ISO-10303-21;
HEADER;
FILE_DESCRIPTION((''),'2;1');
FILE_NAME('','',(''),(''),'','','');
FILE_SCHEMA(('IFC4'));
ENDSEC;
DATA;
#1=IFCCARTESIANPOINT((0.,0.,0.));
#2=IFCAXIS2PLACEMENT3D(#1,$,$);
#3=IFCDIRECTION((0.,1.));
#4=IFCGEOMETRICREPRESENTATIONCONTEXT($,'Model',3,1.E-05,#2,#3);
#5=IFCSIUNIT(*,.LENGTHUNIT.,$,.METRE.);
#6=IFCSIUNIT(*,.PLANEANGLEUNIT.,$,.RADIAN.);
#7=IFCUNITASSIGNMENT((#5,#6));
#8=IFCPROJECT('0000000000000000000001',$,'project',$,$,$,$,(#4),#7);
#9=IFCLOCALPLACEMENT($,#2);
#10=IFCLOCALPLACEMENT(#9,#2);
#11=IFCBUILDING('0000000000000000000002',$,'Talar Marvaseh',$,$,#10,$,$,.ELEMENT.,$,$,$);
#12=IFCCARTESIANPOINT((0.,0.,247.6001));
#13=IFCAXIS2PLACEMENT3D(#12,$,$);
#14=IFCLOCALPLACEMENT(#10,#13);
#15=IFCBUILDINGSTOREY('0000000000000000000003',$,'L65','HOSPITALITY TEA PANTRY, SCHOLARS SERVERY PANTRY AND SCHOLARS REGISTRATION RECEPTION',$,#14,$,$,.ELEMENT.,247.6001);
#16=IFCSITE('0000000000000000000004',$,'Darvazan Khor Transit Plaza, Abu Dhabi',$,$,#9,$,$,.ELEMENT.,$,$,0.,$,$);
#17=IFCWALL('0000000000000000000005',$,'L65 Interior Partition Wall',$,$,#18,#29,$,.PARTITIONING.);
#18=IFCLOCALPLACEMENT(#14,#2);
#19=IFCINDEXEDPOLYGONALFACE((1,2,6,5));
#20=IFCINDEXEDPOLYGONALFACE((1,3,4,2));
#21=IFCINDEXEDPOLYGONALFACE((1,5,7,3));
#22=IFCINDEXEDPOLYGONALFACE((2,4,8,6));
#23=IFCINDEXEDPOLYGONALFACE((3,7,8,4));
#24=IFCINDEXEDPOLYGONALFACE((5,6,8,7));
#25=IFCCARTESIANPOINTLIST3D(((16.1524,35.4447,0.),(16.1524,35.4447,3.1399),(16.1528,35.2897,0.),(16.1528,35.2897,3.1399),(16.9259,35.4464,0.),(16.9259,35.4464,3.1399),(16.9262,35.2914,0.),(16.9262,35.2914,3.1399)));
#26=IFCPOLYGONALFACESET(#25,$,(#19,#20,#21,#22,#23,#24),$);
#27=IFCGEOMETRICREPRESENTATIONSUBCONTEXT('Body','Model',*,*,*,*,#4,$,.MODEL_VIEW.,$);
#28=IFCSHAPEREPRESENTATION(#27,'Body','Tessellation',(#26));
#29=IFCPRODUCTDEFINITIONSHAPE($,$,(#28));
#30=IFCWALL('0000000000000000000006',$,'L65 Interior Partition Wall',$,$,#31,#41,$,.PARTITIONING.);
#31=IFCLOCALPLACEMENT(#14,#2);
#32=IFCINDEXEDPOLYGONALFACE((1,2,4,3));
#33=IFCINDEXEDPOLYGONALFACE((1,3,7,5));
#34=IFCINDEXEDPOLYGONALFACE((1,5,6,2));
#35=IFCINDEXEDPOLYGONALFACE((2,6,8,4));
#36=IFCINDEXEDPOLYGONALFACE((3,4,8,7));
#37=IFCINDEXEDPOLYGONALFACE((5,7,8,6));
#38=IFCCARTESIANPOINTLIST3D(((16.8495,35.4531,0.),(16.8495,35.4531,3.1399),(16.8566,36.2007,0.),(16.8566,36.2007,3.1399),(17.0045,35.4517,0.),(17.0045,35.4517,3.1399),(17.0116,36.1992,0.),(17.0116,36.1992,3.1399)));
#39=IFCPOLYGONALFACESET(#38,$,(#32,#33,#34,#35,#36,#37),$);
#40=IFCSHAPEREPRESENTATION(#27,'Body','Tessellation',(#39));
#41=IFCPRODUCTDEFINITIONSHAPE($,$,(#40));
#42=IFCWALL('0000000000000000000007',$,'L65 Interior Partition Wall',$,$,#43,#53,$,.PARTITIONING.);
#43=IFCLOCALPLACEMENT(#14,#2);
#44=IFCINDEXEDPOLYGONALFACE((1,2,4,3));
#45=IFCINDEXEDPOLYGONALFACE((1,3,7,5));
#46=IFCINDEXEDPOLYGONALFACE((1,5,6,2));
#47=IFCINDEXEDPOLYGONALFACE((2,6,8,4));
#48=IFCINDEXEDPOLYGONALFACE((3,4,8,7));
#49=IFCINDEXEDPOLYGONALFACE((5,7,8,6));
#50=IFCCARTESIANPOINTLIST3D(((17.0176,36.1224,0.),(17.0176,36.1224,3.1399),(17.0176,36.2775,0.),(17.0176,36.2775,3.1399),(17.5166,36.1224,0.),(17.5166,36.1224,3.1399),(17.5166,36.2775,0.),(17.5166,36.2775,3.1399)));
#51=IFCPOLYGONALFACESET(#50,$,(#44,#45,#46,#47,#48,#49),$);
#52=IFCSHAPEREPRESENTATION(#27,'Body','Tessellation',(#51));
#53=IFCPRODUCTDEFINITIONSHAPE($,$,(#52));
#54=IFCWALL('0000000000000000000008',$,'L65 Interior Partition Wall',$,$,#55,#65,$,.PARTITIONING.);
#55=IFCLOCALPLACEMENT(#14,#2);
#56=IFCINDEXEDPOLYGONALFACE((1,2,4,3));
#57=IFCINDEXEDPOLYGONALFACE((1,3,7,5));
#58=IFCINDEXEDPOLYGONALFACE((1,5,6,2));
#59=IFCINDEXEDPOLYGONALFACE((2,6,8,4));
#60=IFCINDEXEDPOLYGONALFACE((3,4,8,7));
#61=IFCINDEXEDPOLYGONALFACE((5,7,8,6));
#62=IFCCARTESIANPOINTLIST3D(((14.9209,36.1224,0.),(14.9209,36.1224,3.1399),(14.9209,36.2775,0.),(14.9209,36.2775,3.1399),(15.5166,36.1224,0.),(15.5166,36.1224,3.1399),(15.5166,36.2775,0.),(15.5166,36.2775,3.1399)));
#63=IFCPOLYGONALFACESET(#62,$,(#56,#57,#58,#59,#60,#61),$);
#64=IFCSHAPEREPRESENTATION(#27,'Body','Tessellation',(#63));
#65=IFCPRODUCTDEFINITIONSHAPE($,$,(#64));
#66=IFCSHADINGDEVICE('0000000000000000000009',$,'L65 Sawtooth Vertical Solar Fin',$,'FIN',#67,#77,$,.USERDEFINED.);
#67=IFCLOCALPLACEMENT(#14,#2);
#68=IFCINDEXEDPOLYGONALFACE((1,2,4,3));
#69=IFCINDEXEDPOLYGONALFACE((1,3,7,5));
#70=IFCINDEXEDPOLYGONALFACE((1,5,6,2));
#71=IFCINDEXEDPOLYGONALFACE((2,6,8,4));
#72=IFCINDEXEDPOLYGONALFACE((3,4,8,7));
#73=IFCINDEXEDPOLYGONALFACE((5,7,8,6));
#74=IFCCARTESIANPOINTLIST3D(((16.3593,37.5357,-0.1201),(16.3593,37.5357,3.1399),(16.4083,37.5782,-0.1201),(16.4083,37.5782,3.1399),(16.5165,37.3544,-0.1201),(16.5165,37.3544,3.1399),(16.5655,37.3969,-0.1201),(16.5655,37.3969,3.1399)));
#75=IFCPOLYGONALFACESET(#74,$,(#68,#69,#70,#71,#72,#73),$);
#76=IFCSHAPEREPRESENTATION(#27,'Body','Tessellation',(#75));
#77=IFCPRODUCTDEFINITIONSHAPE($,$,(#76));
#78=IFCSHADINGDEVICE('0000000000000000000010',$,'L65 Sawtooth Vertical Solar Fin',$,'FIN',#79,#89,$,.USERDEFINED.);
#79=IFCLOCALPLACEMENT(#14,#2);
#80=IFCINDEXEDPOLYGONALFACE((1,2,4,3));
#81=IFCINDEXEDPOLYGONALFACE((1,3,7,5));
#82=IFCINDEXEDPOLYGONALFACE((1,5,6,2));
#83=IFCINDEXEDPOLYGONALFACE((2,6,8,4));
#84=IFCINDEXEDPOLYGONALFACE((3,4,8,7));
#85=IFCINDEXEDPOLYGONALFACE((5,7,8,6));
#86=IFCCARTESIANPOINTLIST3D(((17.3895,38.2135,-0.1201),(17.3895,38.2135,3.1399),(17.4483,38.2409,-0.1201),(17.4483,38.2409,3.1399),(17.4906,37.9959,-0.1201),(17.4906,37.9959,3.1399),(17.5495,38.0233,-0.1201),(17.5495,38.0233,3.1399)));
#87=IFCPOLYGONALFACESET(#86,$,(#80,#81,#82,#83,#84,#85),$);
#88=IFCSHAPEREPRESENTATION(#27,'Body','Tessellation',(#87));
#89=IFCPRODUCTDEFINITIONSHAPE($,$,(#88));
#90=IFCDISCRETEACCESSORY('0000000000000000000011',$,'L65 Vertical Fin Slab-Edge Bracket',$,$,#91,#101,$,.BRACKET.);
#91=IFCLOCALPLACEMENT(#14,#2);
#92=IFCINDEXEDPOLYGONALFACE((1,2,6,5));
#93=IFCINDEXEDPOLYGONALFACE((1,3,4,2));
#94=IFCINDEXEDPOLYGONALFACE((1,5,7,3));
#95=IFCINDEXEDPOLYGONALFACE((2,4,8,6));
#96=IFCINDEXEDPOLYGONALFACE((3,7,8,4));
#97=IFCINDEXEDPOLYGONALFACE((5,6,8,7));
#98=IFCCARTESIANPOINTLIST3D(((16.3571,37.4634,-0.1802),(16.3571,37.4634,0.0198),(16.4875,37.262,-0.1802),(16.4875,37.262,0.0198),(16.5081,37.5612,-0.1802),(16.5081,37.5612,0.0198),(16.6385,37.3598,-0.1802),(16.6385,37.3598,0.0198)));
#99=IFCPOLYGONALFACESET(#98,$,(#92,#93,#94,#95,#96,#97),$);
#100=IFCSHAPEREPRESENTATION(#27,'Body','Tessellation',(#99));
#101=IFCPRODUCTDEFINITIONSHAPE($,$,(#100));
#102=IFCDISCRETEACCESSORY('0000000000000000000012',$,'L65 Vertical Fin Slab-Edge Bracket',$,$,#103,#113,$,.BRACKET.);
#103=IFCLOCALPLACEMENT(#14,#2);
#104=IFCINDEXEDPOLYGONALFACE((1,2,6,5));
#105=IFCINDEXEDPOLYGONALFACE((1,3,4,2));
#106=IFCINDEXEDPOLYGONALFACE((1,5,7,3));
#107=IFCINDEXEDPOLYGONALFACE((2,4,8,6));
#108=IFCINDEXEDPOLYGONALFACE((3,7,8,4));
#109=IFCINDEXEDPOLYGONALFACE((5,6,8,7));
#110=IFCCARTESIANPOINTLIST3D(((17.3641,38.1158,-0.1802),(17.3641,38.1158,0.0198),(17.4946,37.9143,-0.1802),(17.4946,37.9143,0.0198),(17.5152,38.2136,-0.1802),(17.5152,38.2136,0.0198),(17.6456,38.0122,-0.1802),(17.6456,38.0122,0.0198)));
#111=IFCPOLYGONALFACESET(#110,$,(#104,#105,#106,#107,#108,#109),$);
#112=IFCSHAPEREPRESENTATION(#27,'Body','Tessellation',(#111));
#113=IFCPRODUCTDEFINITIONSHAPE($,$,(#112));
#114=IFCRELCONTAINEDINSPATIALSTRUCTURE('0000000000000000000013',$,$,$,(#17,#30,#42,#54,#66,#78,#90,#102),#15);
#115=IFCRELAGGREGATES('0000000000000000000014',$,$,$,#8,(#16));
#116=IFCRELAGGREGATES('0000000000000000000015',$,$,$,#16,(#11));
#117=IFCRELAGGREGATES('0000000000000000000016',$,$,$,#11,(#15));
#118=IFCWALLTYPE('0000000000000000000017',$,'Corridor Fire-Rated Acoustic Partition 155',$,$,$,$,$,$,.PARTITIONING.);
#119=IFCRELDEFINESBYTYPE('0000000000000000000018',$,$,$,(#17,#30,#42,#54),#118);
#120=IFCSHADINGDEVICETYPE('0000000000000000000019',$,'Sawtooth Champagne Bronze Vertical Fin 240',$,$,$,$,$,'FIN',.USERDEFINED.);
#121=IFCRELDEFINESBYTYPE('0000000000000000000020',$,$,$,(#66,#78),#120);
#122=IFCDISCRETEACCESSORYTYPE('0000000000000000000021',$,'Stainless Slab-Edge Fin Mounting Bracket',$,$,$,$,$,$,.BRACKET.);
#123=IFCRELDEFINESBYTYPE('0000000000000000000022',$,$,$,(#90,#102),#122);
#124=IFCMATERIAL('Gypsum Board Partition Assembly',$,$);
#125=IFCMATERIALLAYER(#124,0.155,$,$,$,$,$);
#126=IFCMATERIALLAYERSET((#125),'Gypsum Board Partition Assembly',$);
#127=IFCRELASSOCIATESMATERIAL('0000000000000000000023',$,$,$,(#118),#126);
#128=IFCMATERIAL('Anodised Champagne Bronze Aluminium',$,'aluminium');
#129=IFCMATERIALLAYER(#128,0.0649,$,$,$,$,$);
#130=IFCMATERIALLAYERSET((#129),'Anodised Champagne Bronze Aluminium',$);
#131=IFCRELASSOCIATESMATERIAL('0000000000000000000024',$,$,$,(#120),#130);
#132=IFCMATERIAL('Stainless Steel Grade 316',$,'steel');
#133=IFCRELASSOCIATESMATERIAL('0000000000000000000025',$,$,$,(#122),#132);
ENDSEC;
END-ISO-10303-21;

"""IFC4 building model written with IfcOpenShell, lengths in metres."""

from ifc_helpers import new_model, si_unit, direction, frame, frame_2d, origin, origin_2d, place, context, subcontext, project, spatial, rectangle, extrude, source, transform, mapped, material, layer, layer_set, type_object, type_shapes, element, save


model = new_model("IFC4")

# Units and contexts
model_context = context("Model", 3, precision=1e-05, world=origin(), true_north=direction((0.0, 1.0)))
body_context = subcontext(model_context, "Body", "Model", "MODEL_VIEW")
ifc_project = project(units=[si_unit("LENGTHUNIT", "METRE"), si_unit("PLANEANGLEUNIT", "RADIAN")], contexts=[model_context])

# Site, building, storey
site_placement = place(None, origin())
site = spatial("IfcSite", under=ifc_project, at=site_placement, Name="Darvazan Khor Transit Plaza, Abu Dhabi", CompositionType="ELEMENT", RefElevation=0.0)
building_placement = place(site_placement, origin())
building = spatial("IfcBuilding", under=site, at=building_placement, Name="Talar Marvaseh", CompositionType="ELEMENT")
storey_placement = place(building_placement, frame((0.0, 0.0, 247.6001)))
storey = spatial("IfcBuildingStorey", under=building, at=storey_placement, Name="L65", Description="HOSPITALITY TEA PANTRY, SCHOLARS SERVERY PANTRY AND SCHOLARS REGISTRATION RECEPTION", CompositionType="ELEMENT", Elevation=247.6001)

# Shared definitions
ifc_material_1 = material(Name="Gypsum Board Partition Assembly")
ifc_layer_1 = layer(ifc_material_1, 0.155)
ifc_layer_set_1 = layer_set([ifc_layer_1], Name="Gypsum Board Partition Assembly")
wall_type_1 = type_object("IfcWallType", Name="Corridor Fire-Rated Acoustic Partition 155", PredefinedType="PARTITIONING", material=ifc_layer_set_1)

# Walls
wall_1_placement = place(storey_placement, frame((16.1526, 35.3672, 0.0), z_axis=(0.0, 0.0, 1.0), x_axis=(0.999998, 0.00221, 0.0)))
element("IfcWall", 1, at=wall_1_placement, inside=storey, type_object=wall_type_1, Name="L65 Interior Partition Wall", PredefinedType="PARTITIONING", context=body_context, shape_type="SweptSolid", body=[
    extrude(rectangle(XDim=0.7734, YDim=0.155, at=frame_2d((0.3867, 0.0))), origin(), (0.0, 0.0, 1.0), 3.1399),
])
wall_2_placement = place(storey_placement, frame((16.927, 35.4524, 0.0), z_axis=(0.0, 0.0, 1.0), x_axis=(0.009471, 0.999955, 0.0)))
element("IfcWall", 2, at=wall_2_placement, inside=storey, type_object=wall_type_1, Name="L65 Interior Partition Wall", PredefinedType="PARTITIONING", context=body_context, shape_type="SweptSolid", body=[
    extrude(rectangle(XDim=0.7476, YDim=0.155, at=frame_2d((0.3738, 0.0))), origin(), (0.0, 0.0, 1.0), 3.1399),
])
wall_3_placement = place(storey_placement, frame((17.0176, 36.2, 0.0), z_axis=(0.0, 0.0, 1.0), x_axis=(1.0, 0.0, 0.0)))
element("IfcWall", 3, at=wall_3_placement, inside=storey, type_object=wall_type_1, Name="L65 Interior Partition Wall", PredefinedType="PARTITIONING", context=body_context, shape_type="SweptSolid", body=[
    extrude(rectangle(XDim=0.499, YDim=0.155, at=frame_2d((0.2495, 0.0))), origin(), (0.0, 0.0, 1.0), 3.1399),
])
wall_4_placement = place(storey_placement, frame((14.9209, 36.2, 0.0), z_axis=(0.0, 0.0, 1.0), x_axis=(1.0, 0.0, 0.0)))
element("IfcWall", 4, at=wall_4_placement, inside=storey, type_object=wall_type_1, Name="L65 Interior Partition Wall", PredefinedType="PARTITIONING", context=body_context, shape_type="SweptSolid", body=[
    extrude(rectangle(XDim=0.5957, YDim=0.155, at=frame_2d((0.2979, 0.0))), origin(), (0.0, 0.0, 1.0), 3.1399),
])

# Shading devices
ifc_material_2 = material(Name="Anodised Champagne Bronze Aluminium", Category="aluminium")
ifc_layer_2 = layer(ifc_material_2, 0.0649)
ifc_layer_set_2 = layer_set([ifc_layer_2], Name="Anodised Champagne Bronze Aluminium")
shading_device_type = type_object("IfcShadingDeviceType", Name="Sawtooth Champagne Bronze Vertical Fin 240", ElementType="FIN", PredefinedType="USERDEFINED", material=ifc_layer_set_2)
shared_shape_1 = source(origin(), body_context, "Body", "SweptSolid", [
    extrude(rectangle(XDim=0.24, YDim=0.0649, at=origin_2d()), origin(), (0.0, 0.0, 1.0), 3.26),
])
type_shapes(shading_device_type, [shared_shape_1])
for number, where, z_axis, x_axis, name in (
    (5, (16.4624, 37.4663, -0.1201), (0.0, 0.0, 1.0), (-0.655136, 0.755511, 0.0), "L65 Sawtooth Vertical Solar Fin"),
    (6, (17.4695, 38.1184, -0.1201), (0.0, 0.0, 1.0), (-0.421511, 0.906823, 0.0), "L65 Sawtooth Vertical Solar Fin"),
):
    element("IfcShadingDevice", number, at=place(storey_placement, frame(where, z_axis=z_axis, x_axis=x_axis)), inside=storey, type_object=shading_device_type, Name=name, ObjectType="FIN", PredefinedType="USERDEFINED", context=body_context, shape_type="MappedRepresentation", body=[
        mapped(shared_shape_1, transform((0.0, 0.0, 0.0), x_axis=(1.0, 0.0, 0.0), y_axis=(0.0, 1.0, 0.0), z_axis=(0.0, 0.0, 1.0), scale=1.0)),
    ])

# Discrete accessories
ifc_material_3 = material(Name="Stainless Steel Grade 316", Category="steel")
discrete_accessory_type = type_object("IfcDiscreteAccessoryType", Name="Stainless Slab-Edge Fin Mounting Bracket", PredefinedType="BRACKET", material=ifc_material_3)
shared_shape_2 = source(origin(), body_context, "Body", "SweptSolid", [
    extrude(rectangle(XDim=0.24, YDim=0.1799, at=origin_2d()), origin(), (0.0, 0.0, 1.0), 0.2),
])
type_shapes(discrete_accessory_type, [shared_shape_2])
for number, where, z_axis, x_axis, name in (
    (7, (16.4978, 37.4116, -0.1802), (0.0, 0.0, 1.0), (-0.543614, 0.839335, 0.0), "L65 Vertical Fin Slab-Edge Bracket"),
    (8, (17.5049, 38.064, -0.1802), (0.0, 0.0, 1.0), (-0.543614, 0.839335, 0.0), "L65 Vertical Fin Slab-Edge Bracket"),
):
    element("IfcDiscreteAccessory", number, at=place(storey_placement, frame(where, z_axis=z_axis, x_axis=x_axis)), inside=storey, type_object=discrete_accessory_type, Name=name, PredefinedType="BRACKET", context=body_context, shape_type="MappedRepresentation", body=[
        mapped(shared_shape_2, transform((0.0, 0.0, 0.0), x_axis=(1.0, 0.0, 0.0), y_axis=(0.0, 1.0, 0.0), z_axis=(0.0, 0.0, 1.0), scale=1.0)),
    ])

save(model, "model.ifc")
